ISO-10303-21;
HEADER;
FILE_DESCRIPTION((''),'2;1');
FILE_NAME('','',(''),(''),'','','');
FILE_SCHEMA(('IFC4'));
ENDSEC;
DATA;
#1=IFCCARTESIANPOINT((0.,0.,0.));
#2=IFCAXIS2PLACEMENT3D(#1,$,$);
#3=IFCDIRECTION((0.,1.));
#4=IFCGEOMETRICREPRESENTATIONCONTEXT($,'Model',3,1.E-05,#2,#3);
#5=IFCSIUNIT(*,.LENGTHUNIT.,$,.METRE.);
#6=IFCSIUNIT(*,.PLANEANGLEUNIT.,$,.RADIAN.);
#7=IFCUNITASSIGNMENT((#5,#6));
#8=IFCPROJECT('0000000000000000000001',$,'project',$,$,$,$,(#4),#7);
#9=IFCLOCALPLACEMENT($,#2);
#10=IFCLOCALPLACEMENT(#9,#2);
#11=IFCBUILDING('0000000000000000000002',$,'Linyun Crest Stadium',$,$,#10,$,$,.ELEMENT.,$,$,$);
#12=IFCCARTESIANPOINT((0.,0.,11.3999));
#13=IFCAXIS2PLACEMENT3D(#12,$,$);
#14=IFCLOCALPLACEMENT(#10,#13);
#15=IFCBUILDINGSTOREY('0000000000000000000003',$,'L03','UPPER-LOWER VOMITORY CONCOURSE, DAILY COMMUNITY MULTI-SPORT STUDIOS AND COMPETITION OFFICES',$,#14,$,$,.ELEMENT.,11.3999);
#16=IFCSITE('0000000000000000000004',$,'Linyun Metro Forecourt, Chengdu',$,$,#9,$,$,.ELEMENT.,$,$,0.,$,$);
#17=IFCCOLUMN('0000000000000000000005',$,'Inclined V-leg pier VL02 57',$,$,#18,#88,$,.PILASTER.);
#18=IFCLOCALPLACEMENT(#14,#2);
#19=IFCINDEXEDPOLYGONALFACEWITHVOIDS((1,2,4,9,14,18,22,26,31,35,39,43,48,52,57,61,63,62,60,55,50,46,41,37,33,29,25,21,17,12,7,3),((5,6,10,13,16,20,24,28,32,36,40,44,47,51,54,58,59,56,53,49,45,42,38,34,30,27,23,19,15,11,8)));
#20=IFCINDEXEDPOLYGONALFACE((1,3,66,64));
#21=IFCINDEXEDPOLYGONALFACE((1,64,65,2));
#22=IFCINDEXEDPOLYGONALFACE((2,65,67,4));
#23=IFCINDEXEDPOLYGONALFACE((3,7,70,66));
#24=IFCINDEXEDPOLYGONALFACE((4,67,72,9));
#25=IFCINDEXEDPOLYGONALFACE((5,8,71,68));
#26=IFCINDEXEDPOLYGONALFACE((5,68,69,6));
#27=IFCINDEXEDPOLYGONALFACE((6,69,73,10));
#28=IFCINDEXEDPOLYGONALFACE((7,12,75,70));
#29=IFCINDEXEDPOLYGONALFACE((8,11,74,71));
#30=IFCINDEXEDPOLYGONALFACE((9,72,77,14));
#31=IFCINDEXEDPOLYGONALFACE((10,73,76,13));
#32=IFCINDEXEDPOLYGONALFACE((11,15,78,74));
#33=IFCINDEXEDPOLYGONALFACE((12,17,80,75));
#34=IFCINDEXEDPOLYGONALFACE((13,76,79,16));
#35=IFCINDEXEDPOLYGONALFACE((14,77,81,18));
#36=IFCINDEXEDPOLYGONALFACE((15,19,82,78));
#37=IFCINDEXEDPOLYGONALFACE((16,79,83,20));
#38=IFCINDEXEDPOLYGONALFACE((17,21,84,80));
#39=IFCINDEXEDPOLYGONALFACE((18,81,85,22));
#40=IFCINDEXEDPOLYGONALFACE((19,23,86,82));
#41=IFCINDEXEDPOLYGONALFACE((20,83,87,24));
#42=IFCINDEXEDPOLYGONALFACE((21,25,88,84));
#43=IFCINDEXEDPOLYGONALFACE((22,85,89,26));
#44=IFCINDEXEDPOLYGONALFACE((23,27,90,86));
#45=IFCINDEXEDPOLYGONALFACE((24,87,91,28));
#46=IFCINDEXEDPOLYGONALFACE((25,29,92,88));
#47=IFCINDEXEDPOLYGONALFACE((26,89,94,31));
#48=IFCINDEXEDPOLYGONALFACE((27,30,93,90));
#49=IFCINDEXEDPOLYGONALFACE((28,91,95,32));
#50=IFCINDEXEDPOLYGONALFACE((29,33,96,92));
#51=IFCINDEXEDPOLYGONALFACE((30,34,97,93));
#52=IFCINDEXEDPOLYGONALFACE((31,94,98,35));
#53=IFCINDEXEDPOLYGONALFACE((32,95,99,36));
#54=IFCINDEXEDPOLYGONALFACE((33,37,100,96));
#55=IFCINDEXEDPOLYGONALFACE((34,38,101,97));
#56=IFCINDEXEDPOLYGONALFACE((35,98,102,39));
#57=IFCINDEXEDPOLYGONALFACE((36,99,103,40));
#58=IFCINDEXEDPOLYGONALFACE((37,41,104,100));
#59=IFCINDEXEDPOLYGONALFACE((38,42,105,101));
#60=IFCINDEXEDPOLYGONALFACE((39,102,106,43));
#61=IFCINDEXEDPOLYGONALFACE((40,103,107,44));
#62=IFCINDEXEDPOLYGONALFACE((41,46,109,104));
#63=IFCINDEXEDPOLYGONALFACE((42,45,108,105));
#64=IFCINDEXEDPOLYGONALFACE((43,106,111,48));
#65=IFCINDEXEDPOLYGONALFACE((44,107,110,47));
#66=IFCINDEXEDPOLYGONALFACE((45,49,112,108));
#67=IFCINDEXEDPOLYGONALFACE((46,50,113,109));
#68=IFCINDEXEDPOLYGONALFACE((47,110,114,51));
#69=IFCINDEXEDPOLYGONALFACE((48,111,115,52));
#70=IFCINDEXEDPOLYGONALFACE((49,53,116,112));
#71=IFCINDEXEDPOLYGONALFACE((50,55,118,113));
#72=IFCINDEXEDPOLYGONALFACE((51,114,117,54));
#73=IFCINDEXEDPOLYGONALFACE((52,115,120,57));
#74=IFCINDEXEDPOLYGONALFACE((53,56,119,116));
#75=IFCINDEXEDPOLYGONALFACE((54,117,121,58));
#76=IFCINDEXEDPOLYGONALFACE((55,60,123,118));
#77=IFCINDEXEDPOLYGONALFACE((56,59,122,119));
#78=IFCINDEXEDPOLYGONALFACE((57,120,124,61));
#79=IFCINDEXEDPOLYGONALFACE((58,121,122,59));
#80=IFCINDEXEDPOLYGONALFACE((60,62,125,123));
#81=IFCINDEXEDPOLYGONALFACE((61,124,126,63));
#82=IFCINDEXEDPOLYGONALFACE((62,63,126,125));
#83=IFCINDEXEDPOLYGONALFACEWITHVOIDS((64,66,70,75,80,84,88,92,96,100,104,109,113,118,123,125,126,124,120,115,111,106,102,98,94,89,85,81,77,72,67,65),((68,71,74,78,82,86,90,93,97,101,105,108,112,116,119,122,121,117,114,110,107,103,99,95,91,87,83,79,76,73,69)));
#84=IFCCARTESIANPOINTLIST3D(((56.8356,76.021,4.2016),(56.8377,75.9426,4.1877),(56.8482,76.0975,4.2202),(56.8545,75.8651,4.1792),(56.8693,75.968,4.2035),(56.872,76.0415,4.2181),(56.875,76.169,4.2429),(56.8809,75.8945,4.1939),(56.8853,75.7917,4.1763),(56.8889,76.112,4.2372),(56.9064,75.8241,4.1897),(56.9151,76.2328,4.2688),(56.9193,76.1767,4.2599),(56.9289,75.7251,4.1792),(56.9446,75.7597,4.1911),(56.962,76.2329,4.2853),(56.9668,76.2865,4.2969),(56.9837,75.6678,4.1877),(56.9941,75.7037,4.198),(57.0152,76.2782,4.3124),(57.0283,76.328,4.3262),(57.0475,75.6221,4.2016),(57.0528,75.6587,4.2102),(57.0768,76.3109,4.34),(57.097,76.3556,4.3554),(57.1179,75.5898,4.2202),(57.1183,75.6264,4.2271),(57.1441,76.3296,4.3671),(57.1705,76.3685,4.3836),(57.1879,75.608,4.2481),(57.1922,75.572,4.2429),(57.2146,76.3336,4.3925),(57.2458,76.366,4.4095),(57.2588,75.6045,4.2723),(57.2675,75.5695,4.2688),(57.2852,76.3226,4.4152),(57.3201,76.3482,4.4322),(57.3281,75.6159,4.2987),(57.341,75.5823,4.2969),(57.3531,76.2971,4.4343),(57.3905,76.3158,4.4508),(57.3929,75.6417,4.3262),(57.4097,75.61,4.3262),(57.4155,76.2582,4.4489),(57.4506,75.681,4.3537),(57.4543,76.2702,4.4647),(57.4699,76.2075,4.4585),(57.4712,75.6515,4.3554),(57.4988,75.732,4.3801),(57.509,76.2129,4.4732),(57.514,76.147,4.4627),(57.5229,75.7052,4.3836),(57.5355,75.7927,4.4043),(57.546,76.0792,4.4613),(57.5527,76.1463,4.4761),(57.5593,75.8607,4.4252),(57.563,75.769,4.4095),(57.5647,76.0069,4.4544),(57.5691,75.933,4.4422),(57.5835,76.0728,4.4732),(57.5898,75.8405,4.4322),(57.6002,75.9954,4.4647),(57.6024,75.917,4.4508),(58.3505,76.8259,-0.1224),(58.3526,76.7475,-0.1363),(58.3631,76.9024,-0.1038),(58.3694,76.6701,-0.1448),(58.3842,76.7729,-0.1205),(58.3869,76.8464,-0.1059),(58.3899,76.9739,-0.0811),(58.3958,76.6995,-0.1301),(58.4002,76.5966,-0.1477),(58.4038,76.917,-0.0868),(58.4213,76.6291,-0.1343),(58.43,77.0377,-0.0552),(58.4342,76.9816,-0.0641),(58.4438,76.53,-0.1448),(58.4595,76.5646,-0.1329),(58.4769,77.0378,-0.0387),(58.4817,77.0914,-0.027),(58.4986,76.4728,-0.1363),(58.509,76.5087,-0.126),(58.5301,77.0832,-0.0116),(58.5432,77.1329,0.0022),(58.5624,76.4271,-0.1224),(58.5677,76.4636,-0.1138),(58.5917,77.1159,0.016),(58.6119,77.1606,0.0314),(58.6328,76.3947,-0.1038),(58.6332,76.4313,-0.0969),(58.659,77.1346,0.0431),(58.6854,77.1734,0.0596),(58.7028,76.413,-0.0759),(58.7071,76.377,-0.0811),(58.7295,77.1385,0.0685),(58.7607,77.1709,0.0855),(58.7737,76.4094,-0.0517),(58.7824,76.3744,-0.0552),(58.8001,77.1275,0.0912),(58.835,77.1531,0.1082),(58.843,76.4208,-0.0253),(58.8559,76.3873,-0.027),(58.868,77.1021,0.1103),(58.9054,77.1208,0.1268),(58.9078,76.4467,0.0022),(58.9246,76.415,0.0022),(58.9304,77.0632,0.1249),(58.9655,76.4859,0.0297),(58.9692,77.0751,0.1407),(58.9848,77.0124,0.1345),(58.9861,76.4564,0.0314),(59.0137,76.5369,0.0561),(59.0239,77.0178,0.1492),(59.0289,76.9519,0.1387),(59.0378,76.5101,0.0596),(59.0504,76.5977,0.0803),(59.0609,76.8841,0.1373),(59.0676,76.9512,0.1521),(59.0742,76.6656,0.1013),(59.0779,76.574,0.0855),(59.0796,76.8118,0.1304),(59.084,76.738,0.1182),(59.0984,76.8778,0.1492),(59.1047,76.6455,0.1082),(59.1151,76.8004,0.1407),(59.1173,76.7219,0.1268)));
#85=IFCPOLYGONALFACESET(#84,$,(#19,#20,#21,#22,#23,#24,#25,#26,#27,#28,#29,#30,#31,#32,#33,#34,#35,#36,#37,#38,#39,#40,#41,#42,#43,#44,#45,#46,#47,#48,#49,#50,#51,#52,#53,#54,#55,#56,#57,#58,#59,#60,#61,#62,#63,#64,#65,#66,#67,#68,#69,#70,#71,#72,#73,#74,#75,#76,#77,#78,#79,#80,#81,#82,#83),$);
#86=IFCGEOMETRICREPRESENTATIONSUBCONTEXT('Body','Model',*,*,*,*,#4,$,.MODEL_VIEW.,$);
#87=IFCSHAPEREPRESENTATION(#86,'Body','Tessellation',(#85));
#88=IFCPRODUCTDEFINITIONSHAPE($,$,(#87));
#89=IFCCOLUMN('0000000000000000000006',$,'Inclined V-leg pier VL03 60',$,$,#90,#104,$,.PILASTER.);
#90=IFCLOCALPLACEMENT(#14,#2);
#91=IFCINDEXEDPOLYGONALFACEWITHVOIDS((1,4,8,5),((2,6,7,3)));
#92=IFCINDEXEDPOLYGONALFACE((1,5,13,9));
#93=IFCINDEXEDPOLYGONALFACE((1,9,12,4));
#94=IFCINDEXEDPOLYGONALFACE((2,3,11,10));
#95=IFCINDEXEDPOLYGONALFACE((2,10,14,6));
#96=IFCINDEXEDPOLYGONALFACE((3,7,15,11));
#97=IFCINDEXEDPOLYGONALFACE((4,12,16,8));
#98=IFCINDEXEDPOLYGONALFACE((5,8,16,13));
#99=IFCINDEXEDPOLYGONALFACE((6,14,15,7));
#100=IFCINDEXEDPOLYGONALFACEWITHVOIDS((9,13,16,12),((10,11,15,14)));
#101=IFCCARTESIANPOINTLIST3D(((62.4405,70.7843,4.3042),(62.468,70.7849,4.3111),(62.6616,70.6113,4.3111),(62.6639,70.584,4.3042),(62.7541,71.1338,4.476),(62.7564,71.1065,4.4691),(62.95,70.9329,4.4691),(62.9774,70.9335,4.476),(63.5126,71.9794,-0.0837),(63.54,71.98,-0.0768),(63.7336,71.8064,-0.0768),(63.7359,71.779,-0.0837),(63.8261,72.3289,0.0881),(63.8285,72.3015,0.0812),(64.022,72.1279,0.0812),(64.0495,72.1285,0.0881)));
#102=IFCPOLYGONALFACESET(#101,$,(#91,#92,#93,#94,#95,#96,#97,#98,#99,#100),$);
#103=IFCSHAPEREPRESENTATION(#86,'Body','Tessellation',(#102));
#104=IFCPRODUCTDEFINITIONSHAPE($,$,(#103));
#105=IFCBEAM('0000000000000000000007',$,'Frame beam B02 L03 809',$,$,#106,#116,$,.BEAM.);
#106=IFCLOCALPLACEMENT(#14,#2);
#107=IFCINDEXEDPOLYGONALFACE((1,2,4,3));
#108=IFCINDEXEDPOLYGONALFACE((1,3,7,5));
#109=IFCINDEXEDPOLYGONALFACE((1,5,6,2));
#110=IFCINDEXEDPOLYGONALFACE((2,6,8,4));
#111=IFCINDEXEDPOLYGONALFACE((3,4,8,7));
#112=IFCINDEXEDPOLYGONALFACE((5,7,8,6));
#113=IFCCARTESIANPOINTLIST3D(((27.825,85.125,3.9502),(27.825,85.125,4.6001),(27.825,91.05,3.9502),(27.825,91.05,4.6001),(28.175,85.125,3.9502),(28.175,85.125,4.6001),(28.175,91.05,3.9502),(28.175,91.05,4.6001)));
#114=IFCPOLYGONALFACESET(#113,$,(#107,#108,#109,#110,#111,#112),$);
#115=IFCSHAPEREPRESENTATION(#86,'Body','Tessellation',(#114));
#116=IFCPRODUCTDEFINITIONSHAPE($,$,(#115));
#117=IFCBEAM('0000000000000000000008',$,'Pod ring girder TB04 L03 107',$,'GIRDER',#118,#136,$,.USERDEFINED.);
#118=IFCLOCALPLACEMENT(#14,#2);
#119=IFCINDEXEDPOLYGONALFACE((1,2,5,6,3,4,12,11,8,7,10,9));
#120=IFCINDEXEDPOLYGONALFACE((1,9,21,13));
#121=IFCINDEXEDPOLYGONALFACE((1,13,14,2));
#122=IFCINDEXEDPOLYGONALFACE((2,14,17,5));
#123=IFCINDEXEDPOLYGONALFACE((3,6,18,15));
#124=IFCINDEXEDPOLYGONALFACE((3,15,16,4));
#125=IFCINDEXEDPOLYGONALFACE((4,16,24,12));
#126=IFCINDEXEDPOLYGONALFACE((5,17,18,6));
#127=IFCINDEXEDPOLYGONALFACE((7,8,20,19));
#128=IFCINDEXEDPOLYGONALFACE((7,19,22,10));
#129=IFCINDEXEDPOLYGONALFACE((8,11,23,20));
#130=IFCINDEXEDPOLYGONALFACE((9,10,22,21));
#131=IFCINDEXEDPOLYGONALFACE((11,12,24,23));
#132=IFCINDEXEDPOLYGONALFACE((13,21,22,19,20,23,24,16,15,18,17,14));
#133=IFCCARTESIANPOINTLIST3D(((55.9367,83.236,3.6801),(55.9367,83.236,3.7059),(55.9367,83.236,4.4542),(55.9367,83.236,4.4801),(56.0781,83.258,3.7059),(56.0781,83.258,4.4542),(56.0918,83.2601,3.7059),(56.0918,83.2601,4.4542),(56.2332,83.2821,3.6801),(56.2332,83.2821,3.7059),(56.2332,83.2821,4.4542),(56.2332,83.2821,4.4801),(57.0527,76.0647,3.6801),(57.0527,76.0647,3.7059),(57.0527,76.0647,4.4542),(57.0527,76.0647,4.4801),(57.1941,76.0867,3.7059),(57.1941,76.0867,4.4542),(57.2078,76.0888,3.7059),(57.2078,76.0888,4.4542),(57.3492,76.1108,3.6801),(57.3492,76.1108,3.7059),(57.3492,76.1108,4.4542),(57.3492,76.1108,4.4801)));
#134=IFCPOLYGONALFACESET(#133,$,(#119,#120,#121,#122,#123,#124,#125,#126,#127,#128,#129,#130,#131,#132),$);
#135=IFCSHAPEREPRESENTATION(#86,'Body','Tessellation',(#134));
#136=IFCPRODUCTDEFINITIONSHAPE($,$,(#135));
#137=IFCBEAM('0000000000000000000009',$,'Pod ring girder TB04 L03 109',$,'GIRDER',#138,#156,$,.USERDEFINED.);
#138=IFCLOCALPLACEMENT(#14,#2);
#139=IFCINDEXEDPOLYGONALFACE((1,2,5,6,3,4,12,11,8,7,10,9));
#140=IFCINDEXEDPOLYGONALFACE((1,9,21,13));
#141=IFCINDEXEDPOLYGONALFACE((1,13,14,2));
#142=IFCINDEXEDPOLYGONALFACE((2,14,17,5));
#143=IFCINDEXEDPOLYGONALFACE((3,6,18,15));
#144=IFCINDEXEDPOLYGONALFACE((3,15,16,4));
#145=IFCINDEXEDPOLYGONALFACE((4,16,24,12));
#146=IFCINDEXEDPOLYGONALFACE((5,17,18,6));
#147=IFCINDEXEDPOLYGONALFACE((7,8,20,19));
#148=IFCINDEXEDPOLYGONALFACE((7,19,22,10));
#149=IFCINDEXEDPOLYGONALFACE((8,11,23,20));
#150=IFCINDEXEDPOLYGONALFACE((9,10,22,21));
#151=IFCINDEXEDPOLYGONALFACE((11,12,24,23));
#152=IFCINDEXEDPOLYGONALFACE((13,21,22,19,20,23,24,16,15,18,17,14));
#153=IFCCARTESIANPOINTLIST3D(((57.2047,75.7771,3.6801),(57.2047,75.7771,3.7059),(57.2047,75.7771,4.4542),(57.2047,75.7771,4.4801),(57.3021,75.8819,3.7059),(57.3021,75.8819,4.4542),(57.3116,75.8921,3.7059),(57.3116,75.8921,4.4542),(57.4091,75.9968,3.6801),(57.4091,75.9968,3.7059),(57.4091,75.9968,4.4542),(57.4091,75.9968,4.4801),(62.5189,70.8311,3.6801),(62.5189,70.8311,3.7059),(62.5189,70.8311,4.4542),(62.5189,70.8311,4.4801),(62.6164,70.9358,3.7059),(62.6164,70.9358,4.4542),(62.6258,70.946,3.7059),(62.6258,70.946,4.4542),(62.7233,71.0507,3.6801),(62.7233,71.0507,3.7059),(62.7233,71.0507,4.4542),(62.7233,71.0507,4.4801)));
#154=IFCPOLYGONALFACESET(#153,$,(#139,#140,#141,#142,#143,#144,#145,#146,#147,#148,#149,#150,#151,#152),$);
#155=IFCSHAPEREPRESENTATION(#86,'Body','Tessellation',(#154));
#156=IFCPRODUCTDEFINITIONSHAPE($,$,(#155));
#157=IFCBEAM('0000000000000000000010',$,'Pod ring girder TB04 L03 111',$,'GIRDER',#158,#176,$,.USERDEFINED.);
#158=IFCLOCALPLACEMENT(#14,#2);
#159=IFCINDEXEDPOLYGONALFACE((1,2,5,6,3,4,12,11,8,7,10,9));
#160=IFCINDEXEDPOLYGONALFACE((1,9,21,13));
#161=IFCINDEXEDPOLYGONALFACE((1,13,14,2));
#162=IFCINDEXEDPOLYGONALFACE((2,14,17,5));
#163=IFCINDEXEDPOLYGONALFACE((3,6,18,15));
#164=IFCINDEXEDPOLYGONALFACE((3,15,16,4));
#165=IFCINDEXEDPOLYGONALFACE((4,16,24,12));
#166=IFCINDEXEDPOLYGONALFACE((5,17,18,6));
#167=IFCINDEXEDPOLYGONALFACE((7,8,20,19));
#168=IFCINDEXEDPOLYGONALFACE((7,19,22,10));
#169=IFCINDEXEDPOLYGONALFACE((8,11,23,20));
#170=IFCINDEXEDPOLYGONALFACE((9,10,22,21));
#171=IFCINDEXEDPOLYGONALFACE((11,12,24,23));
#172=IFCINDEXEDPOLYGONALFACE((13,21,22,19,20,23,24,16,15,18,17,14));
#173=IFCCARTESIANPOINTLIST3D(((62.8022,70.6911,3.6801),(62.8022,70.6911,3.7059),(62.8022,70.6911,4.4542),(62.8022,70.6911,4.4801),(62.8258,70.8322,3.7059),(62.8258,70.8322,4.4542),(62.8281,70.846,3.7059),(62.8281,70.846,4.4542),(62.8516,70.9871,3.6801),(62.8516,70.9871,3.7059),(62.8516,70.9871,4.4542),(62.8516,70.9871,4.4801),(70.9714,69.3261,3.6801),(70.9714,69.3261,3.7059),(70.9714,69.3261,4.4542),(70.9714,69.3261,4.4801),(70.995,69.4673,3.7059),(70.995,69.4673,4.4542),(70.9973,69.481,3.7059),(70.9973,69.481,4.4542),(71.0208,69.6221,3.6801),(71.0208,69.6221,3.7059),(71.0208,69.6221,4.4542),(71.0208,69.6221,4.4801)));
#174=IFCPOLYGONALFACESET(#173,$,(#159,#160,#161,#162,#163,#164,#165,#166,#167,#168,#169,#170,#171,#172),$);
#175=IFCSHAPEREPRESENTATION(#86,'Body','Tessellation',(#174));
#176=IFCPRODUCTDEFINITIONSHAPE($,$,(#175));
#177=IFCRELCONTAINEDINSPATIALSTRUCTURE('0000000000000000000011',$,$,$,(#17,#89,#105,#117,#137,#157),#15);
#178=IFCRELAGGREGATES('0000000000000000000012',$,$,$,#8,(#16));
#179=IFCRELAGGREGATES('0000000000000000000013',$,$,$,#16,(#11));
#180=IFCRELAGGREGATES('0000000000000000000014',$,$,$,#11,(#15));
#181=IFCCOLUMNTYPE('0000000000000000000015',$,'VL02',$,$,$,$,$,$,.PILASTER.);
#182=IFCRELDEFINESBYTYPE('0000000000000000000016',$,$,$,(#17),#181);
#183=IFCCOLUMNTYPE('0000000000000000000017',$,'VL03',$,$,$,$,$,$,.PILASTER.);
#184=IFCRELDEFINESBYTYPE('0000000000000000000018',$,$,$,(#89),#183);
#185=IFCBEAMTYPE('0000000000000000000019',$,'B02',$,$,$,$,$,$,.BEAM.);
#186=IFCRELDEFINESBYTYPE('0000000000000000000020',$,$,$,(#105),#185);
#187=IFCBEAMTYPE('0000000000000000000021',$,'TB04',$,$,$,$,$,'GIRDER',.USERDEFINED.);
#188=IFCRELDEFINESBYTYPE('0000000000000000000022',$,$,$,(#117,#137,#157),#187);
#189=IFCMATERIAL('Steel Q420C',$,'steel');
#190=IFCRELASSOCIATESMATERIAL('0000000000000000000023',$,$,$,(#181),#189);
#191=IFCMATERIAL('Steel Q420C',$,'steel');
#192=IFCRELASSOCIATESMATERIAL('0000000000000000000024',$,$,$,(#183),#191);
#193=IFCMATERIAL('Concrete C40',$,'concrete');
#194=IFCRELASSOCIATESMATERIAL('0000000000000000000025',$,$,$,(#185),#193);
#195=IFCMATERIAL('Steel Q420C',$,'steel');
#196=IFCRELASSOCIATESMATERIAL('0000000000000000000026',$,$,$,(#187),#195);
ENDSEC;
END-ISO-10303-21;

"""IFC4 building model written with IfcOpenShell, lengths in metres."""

from ifc_helpers import new_model, si_unit, direction, frame, origin, origin_2d, place, context, subcontext, project, spatial, rectangle, hollow_rectangle, hollow_circle, i_section, extrude, material, material_profile, profile_set, type_object, element, save


model = new_model("IFC4")

# Units and contexts
model_context = context("Model", 3, precision=1e-05, world=origin(), true_north=direction((0.0, 1.0)))
body_context = subcontext(model_context, "Body", "Model", "MODEL_VIEW")
ifc_project = project(units=[si_unit("LENGTHUNIT", "METRE"), si_unit("PLANEANGLEUNIT", "RADIAN")], contexts=[model_context])

# Site, building, storey
site_placement = place(None, origin())
site = spatial("IfcSite", under=ifc_project, at=site_placement, Name="Linyun Metro Forecourt, Chengdu", CompositionType="ELEMENT", RefElevation=0.0)
building_placement = place(site_placement, origin())
building = spatial("IfcBuilding", under=site, at=building_placement, Name="Linyun Crest Stadium", CompositionType="ELEMENT")
storey_placement = place(building_placement, frame((0.0, 0.0, 11.3999)))
storey = spatial("IfcBuildingStorey", under=building, at=storey_placement, Name="L03", Description="UPPER-LOWER VOMITORY CONCOURSE, DAILY COMMUNITY MULTI-SPORT STUDIOS AND COMPETITION OFFICES", CompositionType="ELEMENT", Elevation=11.3999)

# Columns
ifc_material_1 = material(Name="Steel Q420C", Category="steel")
ifc_material_profile_1 = material_profile(ifc_material_1, hollow_circle(Radius=0.4065, WallThickness=0.0359, at=origin_2d()), Name="CHS 813x36")
ifc_profile_set_1 = profile_set([ifc_material_profile_1], Name="Steel Q420C")
column_type_1 = type_object("IfcColumnType", Name="VL02", PredefinedType="PILASTER", material=ifc_profile_set_1)
column_1_placement = place(storey_placement, frame((58.7339, 76.7739, 0.0022), z_axis=(-0.325655, -0.173035, 0.92952), x_axis=(0.469221, -0.883081, 0.0)))
element("IfcColumn", 1, at=column_1_placement, inside=storey, type_object=column_type_1, Name="Inclined V-leg pier VL02 57", PredefinedType="PILASTER", context=body_context, shape_type="SweptSolid", body=[
    extrude(hollow_circle(Radius=0.4065, WallThickness=0.0359, at=origin_2d()), origin(), (0.0, 0.0, 1.0), 4.6519),
])
ifc_material_2 = material(Name="Steel Q420C", Category="steel")
ifc_material_profile_2 = material_profile(ifc_material_2, hollow_rectangle(XDim=0.3, YDim=0.5, WallThickness=0.02, at=origin_2d()), Name="RHS 500x300x20")
ifc_profile_set_2 = profile_set([ifc_material_profile_2], Name="Steel Q420C")
column_type_2 = type_object("IfcColumnType", Name="VL03", PredefinedType="PILASTER", material=ifc_profile_set_2)
column_2_placement = place(storey_placement, frame((63.781, 72.054, 0.0022), z_axis=(-0.229436, -0.255771, 0.939117), x_axis=(0.74439, -0.667746, 0.0)))
element("IfcColumn", 2, at=column_2_placement, inside=storey, type_object=column_type_2, Name="Inclined V-leg pier VL03 60", PredefinedType="PILASTER", context=body_context, shape_type="SweptSolid", body=[
    extrude(hollow_rectangle(XDim=0.3, YDim=0.5, WallThickness=0.02, at=origin_2d()), origin(), (0.0, 0.0, 1.0), 4.6724),
])

# Beams
ifc_material_3 = material(Name="Concrete C40", Category="concrete")
ifc_material_profile_3 = material_profile(ifc_material_3, rectangle(XDim=0.3501, YDim=0.6499, at=origin_2d()), Name="RCB 650x350")
ifc_profile_set_3 = profile_set([ifc_material_profile_3], Name="Concrete C40")
beam_type_1 = type_object("IfcBeamType", Name="B02", PredefinedType="BEAM", material=ifc_profile_set_3)
beam_1_placement = place(storey_placement, frame((28.0, 85.125, 4.2751), z_axis=(0.0, 1.0, 0.0), x_axis=(-1.0, 0.0, 0.0)))
element("IfcBeam", 3, at=beam_1_placement, inside=storey, type_object=beam_type_1, Name="Frame beam B02 L03 809", PredefinedType="BEAM", context=body_context, shape_type="SweptSolid", body=[
    extrude(rectangle(XDim=0.3501, YDim=0.6499, at=origin_2d()), origin(), (0.0, 0.0, 1.0), 5.925),
])
ifc_material_4 = material(Name="Steel Q420C", Category="steel")
ifc_material_profile_4 = material_profile(ifc_material_4, i_section(OverallWidth=0.3, OverallDepth=0.8, WebThickness=0.0139, FlangeThickness=0.0259, at=origin_2d()), Name="HN 800x300")
ifc_profile_set_4 = profile_set([ifc_material_profile_4], Name="Steel Q420C")
beam_type_2 = type_object("IfcBeamType", Name="TB04", ElementType="GIRDER", PredefinedType="USERDEFINED", material=ifc_profile_set_4)
beam_2_placement = place(storey_placement, frame((56.085, 83.259, 4.0801), z_axis=(0.153768, -0.988107, 0.0), x_axis=(0.988107, 0.153768, 0.0)))
element("IfcBeam", 4, at=beam_2_placement, inside=storey, type_object=beam_type_2, Name="Pod ring girder TB04 L03 107", ObjectType="GIRDER", PredefinedType="USERDEFINED", context=body_context, shape_type="SweptSolid", body=[
    extrude(i_section(OverallWidth=0.3, OverallDepth=0.8, WebThickness=0.0139, FlangeThickness=0.0259, at=origin_2d()), origin(), (0.0, 0.0, 1.0), 7.2576),
])
beam_3_placement = place(storey_placement, frame((57.3069, 75.887, 4.0801), z_axis=(0.732008, -0.681296, 0.0), x_axis=(0.681296, 0.732008, 0.0)))
element("IfcBeam", 5, at=beam_3_placement, inside=storey, type_object=beam_type_2, Name="Pod ring girder TB04 L03 109", ObjectType="GIRDER", PredefinedType="USERDEFINED", context=body_context, shape_type="SweptSolid", body=[
    extrude(i_section(OverallWidth=0.3, OverallDepth=0.8, WebThickness=0.0139, FlangeThickness=0.0259, at=origin_2d()), origin(), (0.0, 0.0, 1.0), 7.2598),
])
beam_4_placement = place(storey_placement, frame((62.8269, 70.8391, 4.0801), z_axis=(0.986326, -0.164805, 0.0), x_axis=(0.164805, 0.986326, 0.0)))
element("IfcBeam", 6, at=beam_4_placement, inside=storey, type_object=beam_type_2, Name="Pod ring girder TB04 L03 111", ObjectType="GIRDER", PredefinedType="USERDEFINED", context=body_context, shape_type="SweptSolid", body=[
    extrude(i_section(OverallWidth=0.3, OverallDepth=0.8, WebThickness=0.0139, FlangeThickness=0.0259, at=origin_2d()), origin(), (0.0, 0.0, 1.0), 8.2825),
])

save(model, "model.ifc")
